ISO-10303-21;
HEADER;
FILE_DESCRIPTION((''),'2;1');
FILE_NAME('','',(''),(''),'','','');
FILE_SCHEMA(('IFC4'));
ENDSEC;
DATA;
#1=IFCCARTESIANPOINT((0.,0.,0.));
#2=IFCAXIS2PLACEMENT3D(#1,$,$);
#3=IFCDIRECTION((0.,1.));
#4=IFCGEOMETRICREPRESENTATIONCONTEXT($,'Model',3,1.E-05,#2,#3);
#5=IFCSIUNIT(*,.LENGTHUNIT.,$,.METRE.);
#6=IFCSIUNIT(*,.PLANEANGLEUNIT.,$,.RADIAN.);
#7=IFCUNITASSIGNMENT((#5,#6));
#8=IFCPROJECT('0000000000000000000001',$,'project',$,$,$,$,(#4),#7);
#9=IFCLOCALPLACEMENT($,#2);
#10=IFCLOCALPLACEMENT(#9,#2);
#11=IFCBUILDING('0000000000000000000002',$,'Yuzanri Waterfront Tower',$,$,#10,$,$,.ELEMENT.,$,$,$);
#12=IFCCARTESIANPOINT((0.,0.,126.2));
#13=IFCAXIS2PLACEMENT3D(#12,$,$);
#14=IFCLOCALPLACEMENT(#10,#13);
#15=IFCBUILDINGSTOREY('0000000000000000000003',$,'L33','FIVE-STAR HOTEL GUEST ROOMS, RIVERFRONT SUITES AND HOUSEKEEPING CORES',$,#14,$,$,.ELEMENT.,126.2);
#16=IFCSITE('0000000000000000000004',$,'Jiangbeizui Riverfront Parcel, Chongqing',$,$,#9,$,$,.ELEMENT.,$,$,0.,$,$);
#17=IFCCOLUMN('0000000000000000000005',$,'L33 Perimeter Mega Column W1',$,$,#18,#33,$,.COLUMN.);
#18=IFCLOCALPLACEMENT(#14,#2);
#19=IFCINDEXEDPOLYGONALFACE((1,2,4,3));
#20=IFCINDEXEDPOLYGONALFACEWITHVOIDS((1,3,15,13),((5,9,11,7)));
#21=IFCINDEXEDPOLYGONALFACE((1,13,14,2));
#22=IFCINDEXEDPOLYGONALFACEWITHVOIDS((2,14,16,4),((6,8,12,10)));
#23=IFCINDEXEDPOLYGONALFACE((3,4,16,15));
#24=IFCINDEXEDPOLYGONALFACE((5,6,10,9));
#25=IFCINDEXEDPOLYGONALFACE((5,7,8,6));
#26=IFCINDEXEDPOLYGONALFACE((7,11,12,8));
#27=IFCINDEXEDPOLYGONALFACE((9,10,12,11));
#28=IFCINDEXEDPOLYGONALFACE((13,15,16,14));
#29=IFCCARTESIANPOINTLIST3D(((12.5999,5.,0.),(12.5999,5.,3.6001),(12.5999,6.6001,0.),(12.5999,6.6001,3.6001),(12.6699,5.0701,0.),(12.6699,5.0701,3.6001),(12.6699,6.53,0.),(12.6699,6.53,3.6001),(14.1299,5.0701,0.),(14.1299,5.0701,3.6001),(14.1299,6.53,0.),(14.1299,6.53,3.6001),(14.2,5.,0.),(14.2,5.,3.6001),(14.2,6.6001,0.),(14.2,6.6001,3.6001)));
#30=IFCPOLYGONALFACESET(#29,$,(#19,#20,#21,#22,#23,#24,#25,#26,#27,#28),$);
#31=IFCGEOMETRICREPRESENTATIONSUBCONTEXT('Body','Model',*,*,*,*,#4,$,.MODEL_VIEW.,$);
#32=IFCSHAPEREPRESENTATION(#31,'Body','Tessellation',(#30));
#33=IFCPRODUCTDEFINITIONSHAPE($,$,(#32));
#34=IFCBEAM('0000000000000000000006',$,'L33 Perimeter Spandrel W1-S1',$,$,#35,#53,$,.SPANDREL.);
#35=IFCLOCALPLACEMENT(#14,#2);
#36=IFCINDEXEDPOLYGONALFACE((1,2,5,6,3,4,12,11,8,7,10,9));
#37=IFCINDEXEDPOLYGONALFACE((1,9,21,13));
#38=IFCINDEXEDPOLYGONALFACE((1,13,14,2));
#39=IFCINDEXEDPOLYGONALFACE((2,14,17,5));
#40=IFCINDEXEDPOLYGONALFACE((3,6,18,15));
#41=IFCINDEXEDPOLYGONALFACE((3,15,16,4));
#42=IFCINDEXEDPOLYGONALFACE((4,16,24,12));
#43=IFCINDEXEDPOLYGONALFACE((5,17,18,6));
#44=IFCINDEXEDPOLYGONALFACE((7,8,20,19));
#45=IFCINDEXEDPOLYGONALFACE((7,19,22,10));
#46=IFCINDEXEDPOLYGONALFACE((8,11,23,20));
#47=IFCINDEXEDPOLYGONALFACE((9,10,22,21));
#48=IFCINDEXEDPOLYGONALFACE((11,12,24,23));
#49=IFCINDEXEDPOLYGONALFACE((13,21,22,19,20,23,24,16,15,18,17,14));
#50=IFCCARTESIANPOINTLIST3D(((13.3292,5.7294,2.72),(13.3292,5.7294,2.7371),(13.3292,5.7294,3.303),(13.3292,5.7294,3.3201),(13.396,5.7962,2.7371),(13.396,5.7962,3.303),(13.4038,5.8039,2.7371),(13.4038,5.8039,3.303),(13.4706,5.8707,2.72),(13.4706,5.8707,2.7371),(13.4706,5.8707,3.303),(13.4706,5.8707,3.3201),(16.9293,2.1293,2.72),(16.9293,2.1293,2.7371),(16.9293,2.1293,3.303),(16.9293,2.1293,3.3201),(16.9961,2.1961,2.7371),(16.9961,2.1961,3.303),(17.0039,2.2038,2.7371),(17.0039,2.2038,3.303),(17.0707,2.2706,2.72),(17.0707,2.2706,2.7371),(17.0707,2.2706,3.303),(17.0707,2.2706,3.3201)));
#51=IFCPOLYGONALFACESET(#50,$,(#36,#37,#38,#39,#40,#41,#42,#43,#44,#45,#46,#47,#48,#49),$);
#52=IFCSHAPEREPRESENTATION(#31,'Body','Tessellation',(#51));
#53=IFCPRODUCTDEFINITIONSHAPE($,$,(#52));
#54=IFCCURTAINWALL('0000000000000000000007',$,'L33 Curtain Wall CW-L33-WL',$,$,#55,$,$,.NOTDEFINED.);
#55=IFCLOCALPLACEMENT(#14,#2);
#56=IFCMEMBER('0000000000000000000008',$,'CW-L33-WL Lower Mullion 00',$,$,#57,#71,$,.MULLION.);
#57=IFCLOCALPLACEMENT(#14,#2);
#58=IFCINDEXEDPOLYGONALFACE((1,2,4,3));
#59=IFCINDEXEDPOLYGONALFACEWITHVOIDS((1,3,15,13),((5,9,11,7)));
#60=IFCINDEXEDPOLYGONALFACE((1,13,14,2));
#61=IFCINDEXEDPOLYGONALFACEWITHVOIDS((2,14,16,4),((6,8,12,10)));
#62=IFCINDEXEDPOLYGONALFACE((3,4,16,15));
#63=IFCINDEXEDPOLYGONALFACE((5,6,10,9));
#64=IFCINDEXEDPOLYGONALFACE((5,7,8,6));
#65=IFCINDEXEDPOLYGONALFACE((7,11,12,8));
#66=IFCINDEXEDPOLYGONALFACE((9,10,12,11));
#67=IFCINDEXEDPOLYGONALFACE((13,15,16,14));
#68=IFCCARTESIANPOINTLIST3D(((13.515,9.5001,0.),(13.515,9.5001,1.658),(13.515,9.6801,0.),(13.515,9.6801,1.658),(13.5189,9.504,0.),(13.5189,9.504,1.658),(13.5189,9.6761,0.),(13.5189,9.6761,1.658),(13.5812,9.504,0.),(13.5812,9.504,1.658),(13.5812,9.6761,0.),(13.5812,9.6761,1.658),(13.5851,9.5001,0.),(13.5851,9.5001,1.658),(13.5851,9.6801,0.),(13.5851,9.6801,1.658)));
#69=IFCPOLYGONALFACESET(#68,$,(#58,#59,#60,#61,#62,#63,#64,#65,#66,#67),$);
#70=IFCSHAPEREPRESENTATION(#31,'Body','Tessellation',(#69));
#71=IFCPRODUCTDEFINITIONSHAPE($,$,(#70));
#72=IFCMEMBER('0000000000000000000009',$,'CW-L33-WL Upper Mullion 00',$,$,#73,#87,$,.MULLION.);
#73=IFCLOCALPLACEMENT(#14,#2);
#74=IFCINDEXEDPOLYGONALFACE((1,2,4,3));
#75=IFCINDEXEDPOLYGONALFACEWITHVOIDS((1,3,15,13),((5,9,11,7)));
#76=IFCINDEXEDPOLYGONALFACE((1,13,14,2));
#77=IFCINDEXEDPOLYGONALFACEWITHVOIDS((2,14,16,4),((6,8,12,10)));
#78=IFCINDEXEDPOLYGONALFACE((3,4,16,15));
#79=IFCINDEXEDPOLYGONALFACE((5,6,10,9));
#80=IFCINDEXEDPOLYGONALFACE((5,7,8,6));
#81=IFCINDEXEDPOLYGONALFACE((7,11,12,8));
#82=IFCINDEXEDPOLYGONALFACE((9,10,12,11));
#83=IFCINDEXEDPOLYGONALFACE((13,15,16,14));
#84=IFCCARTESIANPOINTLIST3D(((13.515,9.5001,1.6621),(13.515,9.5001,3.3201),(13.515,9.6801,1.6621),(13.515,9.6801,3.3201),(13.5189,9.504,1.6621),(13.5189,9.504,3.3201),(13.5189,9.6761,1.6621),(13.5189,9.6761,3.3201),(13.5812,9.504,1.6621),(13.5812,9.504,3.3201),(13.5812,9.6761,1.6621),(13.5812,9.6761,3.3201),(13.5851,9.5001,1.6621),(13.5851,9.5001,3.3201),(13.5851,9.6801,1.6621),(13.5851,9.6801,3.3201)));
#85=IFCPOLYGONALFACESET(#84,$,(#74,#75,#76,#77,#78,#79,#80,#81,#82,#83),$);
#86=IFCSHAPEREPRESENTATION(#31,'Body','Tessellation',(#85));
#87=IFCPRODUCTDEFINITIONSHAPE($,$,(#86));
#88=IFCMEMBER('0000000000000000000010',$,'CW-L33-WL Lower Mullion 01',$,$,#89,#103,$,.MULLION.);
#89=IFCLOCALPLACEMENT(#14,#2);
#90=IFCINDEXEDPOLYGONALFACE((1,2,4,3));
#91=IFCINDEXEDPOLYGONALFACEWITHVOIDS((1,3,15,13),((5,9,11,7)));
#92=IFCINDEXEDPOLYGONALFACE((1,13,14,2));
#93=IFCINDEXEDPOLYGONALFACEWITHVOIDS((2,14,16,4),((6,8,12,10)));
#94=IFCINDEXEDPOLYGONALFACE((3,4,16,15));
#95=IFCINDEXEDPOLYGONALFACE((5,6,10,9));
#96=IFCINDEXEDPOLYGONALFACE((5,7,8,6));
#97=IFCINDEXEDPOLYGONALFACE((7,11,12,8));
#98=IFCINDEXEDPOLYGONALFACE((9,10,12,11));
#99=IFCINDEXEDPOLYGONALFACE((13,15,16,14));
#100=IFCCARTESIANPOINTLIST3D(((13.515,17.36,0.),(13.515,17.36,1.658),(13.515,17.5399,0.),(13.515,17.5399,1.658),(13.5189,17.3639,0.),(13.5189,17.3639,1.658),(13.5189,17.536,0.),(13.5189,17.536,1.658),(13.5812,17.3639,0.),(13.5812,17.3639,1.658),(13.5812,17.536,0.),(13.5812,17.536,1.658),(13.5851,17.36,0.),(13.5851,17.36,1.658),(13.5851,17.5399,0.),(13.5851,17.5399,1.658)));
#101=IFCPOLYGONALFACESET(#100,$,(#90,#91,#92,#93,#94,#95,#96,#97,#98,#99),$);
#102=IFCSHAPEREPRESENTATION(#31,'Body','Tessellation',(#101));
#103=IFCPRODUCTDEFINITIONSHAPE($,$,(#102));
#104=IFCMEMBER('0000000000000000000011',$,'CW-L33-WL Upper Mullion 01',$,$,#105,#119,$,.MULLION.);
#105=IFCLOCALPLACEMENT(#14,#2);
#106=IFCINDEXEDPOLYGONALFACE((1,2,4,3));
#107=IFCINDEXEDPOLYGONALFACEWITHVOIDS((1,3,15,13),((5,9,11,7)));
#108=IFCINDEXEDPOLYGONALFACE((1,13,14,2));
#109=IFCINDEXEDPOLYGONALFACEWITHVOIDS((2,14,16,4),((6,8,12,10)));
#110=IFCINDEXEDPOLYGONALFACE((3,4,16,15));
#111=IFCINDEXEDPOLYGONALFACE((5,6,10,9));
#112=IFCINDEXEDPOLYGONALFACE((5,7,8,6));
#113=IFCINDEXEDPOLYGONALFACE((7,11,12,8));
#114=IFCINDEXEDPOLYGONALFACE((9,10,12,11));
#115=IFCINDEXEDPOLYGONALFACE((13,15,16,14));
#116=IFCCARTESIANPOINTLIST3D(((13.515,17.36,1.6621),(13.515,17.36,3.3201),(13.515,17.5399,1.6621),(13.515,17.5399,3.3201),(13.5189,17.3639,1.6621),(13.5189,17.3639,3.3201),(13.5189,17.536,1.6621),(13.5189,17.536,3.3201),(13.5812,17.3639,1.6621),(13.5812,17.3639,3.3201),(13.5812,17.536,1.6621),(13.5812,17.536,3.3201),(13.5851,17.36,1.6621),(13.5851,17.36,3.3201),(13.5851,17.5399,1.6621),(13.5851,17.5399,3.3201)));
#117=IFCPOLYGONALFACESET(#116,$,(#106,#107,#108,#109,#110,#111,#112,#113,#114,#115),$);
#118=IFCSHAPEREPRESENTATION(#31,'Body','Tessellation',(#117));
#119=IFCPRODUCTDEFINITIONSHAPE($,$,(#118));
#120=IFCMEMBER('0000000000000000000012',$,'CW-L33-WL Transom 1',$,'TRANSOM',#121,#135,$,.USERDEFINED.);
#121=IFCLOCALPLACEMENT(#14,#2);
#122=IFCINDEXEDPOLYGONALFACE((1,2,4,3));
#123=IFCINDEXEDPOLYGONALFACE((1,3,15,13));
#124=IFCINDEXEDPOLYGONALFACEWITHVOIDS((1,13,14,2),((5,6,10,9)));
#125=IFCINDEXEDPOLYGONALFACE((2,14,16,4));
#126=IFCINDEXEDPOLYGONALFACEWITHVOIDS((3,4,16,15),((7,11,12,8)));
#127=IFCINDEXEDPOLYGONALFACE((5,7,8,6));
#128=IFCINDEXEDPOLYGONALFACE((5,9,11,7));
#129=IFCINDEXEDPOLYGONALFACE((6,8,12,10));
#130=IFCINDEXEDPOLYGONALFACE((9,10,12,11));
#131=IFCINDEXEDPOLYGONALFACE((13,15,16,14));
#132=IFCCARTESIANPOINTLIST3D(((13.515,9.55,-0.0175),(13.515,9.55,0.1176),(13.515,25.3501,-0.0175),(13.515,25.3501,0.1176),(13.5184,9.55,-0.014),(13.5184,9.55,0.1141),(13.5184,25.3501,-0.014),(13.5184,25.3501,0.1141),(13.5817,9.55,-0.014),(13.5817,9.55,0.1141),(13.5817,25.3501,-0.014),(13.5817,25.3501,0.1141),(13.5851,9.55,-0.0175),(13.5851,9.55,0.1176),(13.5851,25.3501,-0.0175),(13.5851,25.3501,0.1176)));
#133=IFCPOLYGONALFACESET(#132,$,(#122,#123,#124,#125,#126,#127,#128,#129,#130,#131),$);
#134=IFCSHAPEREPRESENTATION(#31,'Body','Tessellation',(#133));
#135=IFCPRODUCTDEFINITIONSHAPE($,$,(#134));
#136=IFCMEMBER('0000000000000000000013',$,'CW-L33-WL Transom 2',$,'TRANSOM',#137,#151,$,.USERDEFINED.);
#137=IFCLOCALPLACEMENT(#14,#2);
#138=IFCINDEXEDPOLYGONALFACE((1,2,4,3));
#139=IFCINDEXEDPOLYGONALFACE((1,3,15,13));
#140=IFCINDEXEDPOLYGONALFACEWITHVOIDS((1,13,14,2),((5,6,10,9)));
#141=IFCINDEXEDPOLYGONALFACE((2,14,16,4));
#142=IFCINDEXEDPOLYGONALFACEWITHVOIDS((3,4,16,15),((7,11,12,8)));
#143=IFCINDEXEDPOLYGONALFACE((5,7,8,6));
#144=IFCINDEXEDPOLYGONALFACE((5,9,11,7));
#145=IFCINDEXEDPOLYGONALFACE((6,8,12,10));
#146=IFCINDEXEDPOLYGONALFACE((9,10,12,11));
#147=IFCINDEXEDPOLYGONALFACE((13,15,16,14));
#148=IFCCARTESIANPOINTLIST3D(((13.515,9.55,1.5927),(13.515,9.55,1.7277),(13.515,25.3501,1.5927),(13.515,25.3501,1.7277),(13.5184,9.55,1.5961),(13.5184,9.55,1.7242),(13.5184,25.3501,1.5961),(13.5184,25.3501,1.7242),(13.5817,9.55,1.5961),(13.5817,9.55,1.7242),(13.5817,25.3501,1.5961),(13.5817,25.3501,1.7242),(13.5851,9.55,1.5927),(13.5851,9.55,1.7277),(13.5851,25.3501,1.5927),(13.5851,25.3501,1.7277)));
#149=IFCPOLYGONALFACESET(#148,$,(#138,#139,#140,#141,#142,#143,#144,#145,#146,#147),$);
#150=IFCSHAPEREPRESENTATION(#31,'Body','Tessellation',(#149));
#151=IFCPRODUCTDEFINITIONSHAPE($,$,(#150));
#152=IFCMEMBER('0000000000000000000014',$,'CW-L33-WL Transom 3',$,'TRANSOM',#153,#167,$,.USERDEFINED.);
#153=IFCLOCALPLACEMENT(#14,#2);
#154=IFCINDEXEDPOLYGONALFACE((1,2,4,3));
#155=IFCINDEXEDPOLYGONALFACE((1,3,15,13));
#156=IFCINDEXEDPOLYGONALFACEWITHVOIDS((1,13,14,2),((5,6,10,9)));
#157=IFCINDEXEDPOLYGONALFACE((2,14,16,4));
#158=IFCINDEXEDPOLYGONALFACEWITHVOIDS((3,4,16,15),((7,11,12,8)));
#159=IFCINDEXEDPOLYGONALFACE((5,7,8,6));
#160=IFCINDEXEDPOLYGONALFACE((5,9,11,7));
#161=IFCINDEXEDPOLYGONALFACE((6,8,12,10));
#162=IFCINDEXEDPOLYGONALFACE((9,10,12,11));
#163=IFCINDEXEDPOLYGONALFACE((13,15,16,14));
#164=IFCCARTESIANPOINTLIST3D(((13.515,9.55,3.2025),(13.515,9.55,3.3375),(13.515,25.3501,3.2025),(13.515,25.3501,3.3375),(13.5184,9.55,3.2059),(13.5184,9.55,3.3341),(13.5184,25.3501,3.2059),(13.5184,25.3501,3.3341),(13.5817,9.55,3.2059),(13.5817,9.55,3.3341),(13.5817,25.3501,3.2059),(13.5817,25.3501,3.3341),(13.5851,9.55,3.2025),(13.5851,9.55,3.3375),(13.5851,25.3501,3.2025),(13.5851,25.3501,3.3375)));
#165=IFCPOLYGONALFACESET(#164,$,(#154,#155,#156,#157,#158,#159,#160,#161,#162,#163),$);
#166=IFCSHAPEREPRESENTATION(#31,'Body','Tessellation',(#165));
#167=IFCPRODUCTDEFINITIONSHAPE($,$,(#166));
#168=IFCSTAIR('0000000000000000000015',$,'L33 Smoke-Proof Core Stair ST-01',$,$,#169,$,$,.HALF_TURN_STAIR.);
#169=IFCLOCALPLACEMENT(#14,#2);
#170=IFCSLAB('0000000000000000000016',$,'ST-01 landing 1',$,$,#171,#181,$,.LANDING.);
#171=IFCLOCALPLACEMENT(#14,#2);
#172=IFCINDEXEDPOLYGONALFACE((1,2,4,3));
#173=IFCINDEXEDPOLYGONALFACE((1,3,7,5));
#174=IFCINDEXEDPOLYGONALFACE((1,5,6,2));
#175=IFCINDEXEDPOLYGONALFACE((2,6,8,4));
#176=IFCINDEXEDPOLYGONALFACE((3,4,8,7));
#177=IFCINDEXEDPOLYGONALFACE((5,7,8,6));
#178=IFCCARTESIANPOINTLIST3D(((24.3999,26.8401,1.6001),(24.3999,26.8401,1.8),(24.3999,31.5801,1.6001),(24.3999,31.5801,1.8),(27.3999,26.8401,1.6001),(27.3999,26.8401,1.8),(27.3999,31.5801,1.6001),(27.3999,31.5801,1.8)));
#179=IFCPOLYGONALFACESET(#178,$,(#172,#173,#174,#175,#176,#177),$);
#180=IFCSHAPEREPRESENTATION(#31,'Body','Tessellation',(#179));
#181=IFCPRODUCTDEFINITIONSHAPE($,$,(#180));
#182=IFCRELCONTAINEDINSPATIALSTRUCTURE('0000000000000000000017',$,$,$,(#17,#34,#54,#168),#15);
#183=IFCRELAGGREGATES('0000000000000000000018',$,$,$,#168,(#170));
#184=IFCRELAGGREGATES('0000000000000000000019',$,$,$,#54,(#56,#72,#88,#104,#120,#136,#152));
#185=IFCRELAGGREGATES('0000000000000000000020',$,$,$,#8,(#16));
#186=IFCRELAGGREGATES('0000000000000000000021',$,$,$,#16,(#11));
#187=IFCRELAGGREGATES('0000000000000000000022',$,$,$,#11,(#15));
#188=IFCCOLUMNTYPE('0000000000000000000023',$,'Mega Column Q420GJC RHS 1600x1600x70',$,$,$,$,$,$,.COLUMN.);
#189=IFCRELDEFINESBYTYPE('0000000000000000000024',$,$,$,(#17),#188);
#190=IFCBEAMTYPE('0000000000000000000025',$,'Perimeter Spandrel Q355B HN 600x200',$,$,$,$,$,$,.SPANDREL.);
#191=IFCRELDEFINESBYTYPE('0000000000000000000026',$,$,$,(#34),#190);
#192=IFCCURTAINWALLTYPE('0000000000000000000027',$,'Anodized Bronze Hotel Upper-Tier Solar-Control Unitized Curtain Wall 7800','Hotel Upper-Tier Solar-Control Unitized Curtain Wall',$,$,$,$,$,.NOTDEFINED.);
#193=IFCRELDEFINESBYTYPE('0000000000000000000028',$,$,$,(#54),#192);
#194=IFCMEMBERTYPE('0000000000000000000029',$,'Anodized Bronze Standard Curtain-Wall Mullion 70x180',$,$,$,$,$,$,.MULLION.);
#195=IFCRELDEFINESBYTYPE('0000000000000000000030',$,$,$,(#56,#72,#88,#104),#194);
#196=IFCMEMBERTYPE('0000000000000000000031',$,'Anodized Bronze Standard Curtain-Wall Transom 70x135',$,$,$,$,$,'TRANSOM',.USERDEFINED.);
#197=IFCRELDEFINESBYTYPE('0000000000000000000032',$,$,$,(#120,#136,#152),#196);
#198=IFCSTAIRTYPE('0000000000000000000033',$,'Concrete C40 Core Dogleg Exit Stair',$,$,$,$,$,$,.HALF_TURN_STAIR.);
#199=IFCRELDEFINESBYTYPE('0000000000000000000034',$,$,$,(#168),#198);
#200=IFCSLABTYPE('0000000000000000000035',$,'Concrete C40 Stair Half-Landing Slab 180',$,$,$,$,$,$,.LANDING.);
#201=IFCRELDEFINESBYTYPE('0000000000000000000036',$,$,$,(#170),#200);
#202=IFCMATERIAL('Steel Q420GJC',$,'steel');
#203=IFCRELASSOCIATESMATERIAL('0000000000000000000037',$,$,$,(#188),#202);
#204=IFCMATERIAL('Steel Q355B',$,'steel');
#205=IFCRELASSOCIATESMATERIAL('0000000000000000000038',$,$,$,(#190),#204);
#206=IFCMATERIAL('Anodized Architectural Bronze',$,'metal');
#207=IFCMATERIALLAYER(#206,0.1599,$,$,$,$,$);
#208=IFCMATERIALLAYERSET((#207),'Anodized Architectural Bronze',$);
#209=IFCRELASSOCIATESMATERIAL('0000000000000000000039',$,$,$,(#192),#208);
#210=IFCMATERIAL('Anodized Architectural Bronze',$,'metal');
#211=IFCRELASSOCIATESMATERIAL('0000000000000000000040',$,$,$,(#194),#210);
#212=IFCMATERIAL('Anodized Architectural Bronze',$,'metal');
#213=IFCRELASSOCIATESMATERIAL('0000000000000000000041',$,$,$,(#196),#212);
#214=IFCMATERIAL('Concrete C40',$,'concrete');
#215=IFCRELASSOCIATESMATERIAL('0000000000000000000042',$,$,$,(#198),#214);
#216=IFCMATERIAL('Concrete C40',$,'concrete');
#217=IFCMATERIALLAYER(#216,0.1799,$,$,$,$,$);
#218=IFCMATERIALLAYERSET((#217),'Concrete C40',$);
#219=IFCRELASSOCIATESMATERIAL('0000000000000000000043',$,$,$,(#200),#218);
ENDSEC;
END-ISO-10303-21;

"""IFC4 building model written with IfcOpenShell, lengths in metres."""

from ifc_helpers import new_model, si_unit, direction, frame, origin, origin_2d, place, context, subcontext, project, spatial, polyline, hollow_rectangle, i_section, outline, extrude, source, transform, mapped, material, layer, layer_set, material_profile, profile_set, type_object, element, aggregate, save


model = new_model("IFC4")

# Units and contexts
model_context = context("Model", 3, precision=1e-05, world=origin(), true_north=direction((0.0, 1.0)))
body_context = subcontext(model_context, "Body", "Model", "MODEL_VIEW")
ifc_project = project(units=[si_unit("LENGTHUNIT", "METRE"), si_unit("PLANEANGLEUNIT", "RADIAN")], contexts=[model_context])

# Site, building, storey
site_placement = place(None, origin())
site = spatial("IfcSite", under=ifc_project, at=site_placement, Name="Jiangbeizui Riverfront Parcel, Chongqing", CompositionType="ELEMENT", RefElevation=0.0)
building_placement = place(site_placement, origin())
building = spatial("IfcBuilding", under=site, at=building_placement, Name="Yuzanri Waterfront Tower", CompositionType="ELEMENT")
storey_placement = place(building_placement, frame((0.0, 0.0, 126.2)))
storey = spatial("IfcBuildingStorey", under=building, at=storey_placement, Name="L33", Description="FIVE-STAR HOTEL GUEST ROOMS, RIVERFRONT SUITES AND HOUSEKEEPING CORES", CompositionType="ELEMENT", Elevation=126.2)

# Column
ifc_material_1 = material(Name="Steel Q420GJC", Category="steel")
ifc_material_profile_1 = material_profile(ifc_material_1, hollow_rectangle(XDim=1.6001, YDim=1.6001, WallThickness=0.0701, at=origin_2d()), Name="RHS 1600x1600x70")
ifc_profile_set_1 = profile_set([ifc_material_profile_1], Name="Steel Q420GJC")
column_type = type_object("IfcColumnType", Name="Mega Column Q420GJC RHS 1600x1600x70", PredefinedType="COLUMN", material=ifc_profile_set_1)
shared_shape_1 = source(origin(), body_context, "Body", "SweptSolid", [
    extrude(hollow_rectangle(XDim=1.6001, YDim=1.6001, WallThickness=0.0701, at=origin_2d()), origin(), (0.0, 0.0, 1.0), 3.6001),
])
column_placement = place(storey_placement, frame((13.3999, 5.8, 0.0), z_axis=(0.0, 0.0, 1.0), x_axis=(1.0, 0.0, 0.0)))
element("IfcColumn", 1, at=column_placement, inside=storey, type_object=column_type, Name="L33 Perimeter Mega Column W1", PredefinedType="COLUMN", context=body_context, shape_type="MappedRepresentation", body=[
    mapped(shared_shape_1, transform((0.0, 0.0, 0.0), scale=1.0)),
])

# Beam
ifc_material_2 = material(Name="Steel Q355B", Category="steel")
ifc_material_profile_2 = material_profile(ifc_material_2, i_section(OverallWidth=0.2, OverallDepth=0.6001, WebThickness=0.011, FlangeThickness=0.0171, at=origin_2d()), Name="HN 600x200x11x17")
ifc_profile_set_2 = profile_set([ifc_material_profile_2], Name="Steel Q355B")
beam_type = type_object("IfcBeamType", Name="Perimeter Spandrel Q355B HN 600x200", PredefinedType="SPANDREL", material=ifc_profile_set_2)
shared_shape_2 = source(origin(), body_context, "Body", "SweptSolid", [
    extrude(i_section(OverallWidth=0.2, OverallDepth=0.6001, WebThickness=0.011, FlangeThickness=0.0171, at=origin_2d()), origin(), (0.0, 0.0, 1.0), 5.0913),
])
beam_placement = place(storey_placement, frame((13.3999, 5.8, 3.02), z_axis=(0.707107, -0.707107, 0.0), x_axis=(0.707107, 0.707107, 0.0)))
element("IfcBeam", 2, at=beam_placement, inside=storey, type_object=beam_type, Name="L33 Perimeter Spandrel W1-S1", PredefinedType="SPANDREL", context=body_context, shape_type="MappedRepresentation", body=[
    mapped(shared_shape_2, transform((0.0, 0.0, 0.0), scale=1.0)),
])

# Curtain wall, members
ifc_material_3 = material(Name="Anodized Architectural Bronze", Category="metal")
ifc_layer_1 = layer(ifc_material_3, 0.1599)
ifc_layer_set_1 = layer_set([ifc_layer_1], Name="Anodized Architectural Bronze")
curtain_wall_type = type_object("IfcCurtainWallType", Name="Anodized Bronze Hotel Upper-Tier Solar-Control Unitized Curtain Wall 7800", Description="Hotel Upper-Tier Solar-Control Unitized Curtain Wall", PredefinedType="NOTDEFINED", material=ifc_layer_set_1)
curtain_wall_placement = place(storey_placement, origin())
curtain_wall = element("IfcCurtainWall", 3, at=curtain_wall_placement, inside=storey, type_object=curtain_wall_type, Name="L33 Curtain Wall CW-L33-WL", PredefinedType="NOTDEFINED")
ifc_material_4 = material(Name="Anodized Architectural Bronze", Category="metal")
ifc_material_profile_3 = material_profile(ifc_material_4, hollow_rectangle(XDim=0.0701, YDim=0.1799, WallThickness=0.0039, at=origin_2d()), Name="CWM 70x180")
ifc_profile_set_3 = profile_set([ifc_material_profile_3], Name="Anodized Architectural Bronze")
member_type_1 = type_object("IfcMemberType", Name="Anodized Bronze Standard Curtain-Wall Mullion 70x180", PredefinedType="MULLION", material=ifc_profile_set_3)
shared_shape_3 = source(origin(), body_context, "Body", "SweptSolid", [
    extrude(hollow_rectangle(XDim=0.0701, YDim=0.1799, WallThickness=0.0039, at=origin_2d()), origin(), (0.0, 0.0, 1.0), 1.658),
])
member_1_placement = place(storey_placement, frame((13.55, 9.5901, 0.0), z_axis=(0.0, 0.0, 1.0), x_axis=(1.0, 0.0, 0.0)))
member_1 = element("IfcMember", 4, at=member_1_placement, type_object=member_type_1, Name="CW-L33-WL Lower Mullion 00", PredefinedType="MULLION", context=body_context, shape_type="MappedRepresentation", body=[
    mapped(shared_shape_3, transform((0.0, 0.0, 0.0), scale=1.0)),
])
member_2_placement = place(storey_placement, frame((13.55, 9.5901, 1.6621), z_axis=(0.0, 0.0, 1.0), x_axis=(1.0, 0.0, 0.0)))
member_2 = element("IfcMember", 5, at=member_2_placement, type_object=member_type_1, Name="CW-L33-WL Upper Mullion 00", PredefinedType="MULLION", context=body_context, shape_type="MappedRepresentation", body=[
    mapped(shared_shape_3, transform((0.0, 0.0, 0.0), scale=1.0)),
])
member_3_placement = place(storey_placement, frame((13.55, 17.45, 0.0), z_axis=(0.0, 0.0, 1.0), x_axis=(1.0, 0.0, 0.0)))
member_3 = element("IfcMember", 6, at=member_3_placement, type_object=member_type_1, Name="CW-L33-WL Lower Mullion 01", PredefinedType="MULLION", context=body_context, shape_type="MappedRepresentation", body=[
    mapped(shared_shape_3, transform((0.0, 0.0, 0.0), scale=1.0)),
])
member_4_placement = place(storey_placement, frame((13.55, 17.45, 1.6621), z_axis=(0.0, 0.0, 1.0), x_axis=(1.0, 0.0, 0.0)))
member_4 = element("IfcMember", 7, at=member_4_placement, type_object=member_type_1, Name="CW-L33-WL Upper Mullion 01", PredefinedType="MULLION", context=body_context, shape_type="MappedRepresentation", body=[
    mapped(shared_shape_3, transform((0.0, 0.0, 0.0), scale=1.0)),
])
ifc_material_5 = material(Name="Anodized Architectural Bronze", Category="metal")
ifc_material_profile_4 = material_profile(ifc_material_5, hollow_rectangle(XDim=0.0701, YDim=0.135, WallThickness=0.0034, at=origin_2d()), Name="CWT 70x135")
ifc_profile_set_4 = profile_set([ifc_material_profile_4], Name="Anodized Architectural Bronze")
member_type_2 = type_object("IfcMemberType", Name="Anodized Bronze Standard Curtain-Wall Transom 70x135", ElementType="TRANSOM", PredefinedType="USERDEFINED", material=ifc_profile_set_4)
shared_shape_4 = source(origin(), body_context, "Body", "SweptSolid", [
    extrude(hollow_rectangle(XDim=0.0701, YDim=0.135, WallThickness=0.0034, at=origin_2d()), origin(), (0.0, 0.0, 1.0), 15.8),
])
member_5_placement = place(storey_placement, frame((13.55, 9.55, 0.05), z_axis=(0.0, 1.0, 0.0), x_axis=(-1.0, 0.0, 0.0)))
member_5 = element("IfcMember", 8, at=member_5_placement, type_object=member_type_2, Name="CW-L33-WL Transom 1", ObjectType="TRANSOM", PredefinedType="USERDEFINED", context=body_context, shape_type="MappedRepresentation", body=[
    mapped(shared_shape_4, transform((0.0, 0.0, 0.0), scale=1.0)),
])
member_6_placement = place(storey_placement, frame((13.55, 9.55, 1.6602), z_axis=(0.0, 1.0, 0.0), x_axis=(-1.0, 0.0, 0.0)))
member_6 = element("IfcMember", 9, at=member_6_placement, type_object=member_type_2, Name="CW-L33-WL Transom 2", ObjectType="TRANSOM", PredefinedType="USERDEFINED", context=body_context, shape_type="MappedRepresentation", body=[
    mapped(shared_shape_4, transform((0.0, 0.0, 0.0), scale=1.0)),
])
member_7_placement = place(storey_placement, frame((13.55, 9.55, 3.27), z_axis=(0.0, 1.0, 0.0), x_axis=(-1.0, 0.0, 0.0)))
member_7 = element("IfcMember", 10, at=member_7_placement, type_object=member_type_2, Name="CW-L33-WL Transom 3", ObjectType="TRANSOM", PredefinedType="USERDEFINED", context=body_context, shape_type="MappedRepresentation", body=[
    mapped(shared_shape_4, transform((0.0, 0.0, 0.0), scale=1.0)),
])

# Stair, slab
ifc_material_6 = material(Name="Concrete C40", Category="concrete")
stair_type = type_object("IfcStairType", Name="Concrete C40 Core Dogleg Exit Stair", PredefinedType="HALF_TURN_STAIR", material=ifc_material_6)
stair_1_placement = place(storey_placement, origin())
stair_1 = element("IfcStair", 11, at=stair_1_placement, inside=storey, type_object=stair_type, Name="L33 Smoke-Proof Core Stair ST-01", PredefinedType="HALF_TURN_STAIR")
ifc_material_7 = material(Name="Concrete C40", Category="concrete")
ifc_layer_2 = layer(ifc_material_7, 0.1799)
ifc_layer_set_2 = layer_set([ifc_layer_2], Name="Concrete C40")
slab_type_1 = type_object("IfcSlabType", Name="Concrete C40 Stair Half-Landing Slab 180", PredefinedType="LANDING", material=ifc_layer_set_2)
slab_1_placement = place(storey_placement, frame((0.0, 0.0, 1.6001)))
slab_1 = element("IfcSlab", 12, at=slab_1_placement, type_object=slab_type_1, Name="ST-01 landing 1", PredefinedType="LANDING", context=body_context, shape_type="SweptSolid", body=[
    extrude(outline(polyline([(27.3999, 26.8401), (27.3999, 31.5801), (24.3999, 31.5801), (24.3999, 26.8401), (27.3999, 26.8401)])), origin(), (0.0, 0.0, 1.0), 0.2),
])
aggregate(stair_1, [slab_1])

aggregate(curtain_wall, [member_1, member_2, member_3, member_4, member_5, member_6, member_7])

save(model, "model.ifc")
